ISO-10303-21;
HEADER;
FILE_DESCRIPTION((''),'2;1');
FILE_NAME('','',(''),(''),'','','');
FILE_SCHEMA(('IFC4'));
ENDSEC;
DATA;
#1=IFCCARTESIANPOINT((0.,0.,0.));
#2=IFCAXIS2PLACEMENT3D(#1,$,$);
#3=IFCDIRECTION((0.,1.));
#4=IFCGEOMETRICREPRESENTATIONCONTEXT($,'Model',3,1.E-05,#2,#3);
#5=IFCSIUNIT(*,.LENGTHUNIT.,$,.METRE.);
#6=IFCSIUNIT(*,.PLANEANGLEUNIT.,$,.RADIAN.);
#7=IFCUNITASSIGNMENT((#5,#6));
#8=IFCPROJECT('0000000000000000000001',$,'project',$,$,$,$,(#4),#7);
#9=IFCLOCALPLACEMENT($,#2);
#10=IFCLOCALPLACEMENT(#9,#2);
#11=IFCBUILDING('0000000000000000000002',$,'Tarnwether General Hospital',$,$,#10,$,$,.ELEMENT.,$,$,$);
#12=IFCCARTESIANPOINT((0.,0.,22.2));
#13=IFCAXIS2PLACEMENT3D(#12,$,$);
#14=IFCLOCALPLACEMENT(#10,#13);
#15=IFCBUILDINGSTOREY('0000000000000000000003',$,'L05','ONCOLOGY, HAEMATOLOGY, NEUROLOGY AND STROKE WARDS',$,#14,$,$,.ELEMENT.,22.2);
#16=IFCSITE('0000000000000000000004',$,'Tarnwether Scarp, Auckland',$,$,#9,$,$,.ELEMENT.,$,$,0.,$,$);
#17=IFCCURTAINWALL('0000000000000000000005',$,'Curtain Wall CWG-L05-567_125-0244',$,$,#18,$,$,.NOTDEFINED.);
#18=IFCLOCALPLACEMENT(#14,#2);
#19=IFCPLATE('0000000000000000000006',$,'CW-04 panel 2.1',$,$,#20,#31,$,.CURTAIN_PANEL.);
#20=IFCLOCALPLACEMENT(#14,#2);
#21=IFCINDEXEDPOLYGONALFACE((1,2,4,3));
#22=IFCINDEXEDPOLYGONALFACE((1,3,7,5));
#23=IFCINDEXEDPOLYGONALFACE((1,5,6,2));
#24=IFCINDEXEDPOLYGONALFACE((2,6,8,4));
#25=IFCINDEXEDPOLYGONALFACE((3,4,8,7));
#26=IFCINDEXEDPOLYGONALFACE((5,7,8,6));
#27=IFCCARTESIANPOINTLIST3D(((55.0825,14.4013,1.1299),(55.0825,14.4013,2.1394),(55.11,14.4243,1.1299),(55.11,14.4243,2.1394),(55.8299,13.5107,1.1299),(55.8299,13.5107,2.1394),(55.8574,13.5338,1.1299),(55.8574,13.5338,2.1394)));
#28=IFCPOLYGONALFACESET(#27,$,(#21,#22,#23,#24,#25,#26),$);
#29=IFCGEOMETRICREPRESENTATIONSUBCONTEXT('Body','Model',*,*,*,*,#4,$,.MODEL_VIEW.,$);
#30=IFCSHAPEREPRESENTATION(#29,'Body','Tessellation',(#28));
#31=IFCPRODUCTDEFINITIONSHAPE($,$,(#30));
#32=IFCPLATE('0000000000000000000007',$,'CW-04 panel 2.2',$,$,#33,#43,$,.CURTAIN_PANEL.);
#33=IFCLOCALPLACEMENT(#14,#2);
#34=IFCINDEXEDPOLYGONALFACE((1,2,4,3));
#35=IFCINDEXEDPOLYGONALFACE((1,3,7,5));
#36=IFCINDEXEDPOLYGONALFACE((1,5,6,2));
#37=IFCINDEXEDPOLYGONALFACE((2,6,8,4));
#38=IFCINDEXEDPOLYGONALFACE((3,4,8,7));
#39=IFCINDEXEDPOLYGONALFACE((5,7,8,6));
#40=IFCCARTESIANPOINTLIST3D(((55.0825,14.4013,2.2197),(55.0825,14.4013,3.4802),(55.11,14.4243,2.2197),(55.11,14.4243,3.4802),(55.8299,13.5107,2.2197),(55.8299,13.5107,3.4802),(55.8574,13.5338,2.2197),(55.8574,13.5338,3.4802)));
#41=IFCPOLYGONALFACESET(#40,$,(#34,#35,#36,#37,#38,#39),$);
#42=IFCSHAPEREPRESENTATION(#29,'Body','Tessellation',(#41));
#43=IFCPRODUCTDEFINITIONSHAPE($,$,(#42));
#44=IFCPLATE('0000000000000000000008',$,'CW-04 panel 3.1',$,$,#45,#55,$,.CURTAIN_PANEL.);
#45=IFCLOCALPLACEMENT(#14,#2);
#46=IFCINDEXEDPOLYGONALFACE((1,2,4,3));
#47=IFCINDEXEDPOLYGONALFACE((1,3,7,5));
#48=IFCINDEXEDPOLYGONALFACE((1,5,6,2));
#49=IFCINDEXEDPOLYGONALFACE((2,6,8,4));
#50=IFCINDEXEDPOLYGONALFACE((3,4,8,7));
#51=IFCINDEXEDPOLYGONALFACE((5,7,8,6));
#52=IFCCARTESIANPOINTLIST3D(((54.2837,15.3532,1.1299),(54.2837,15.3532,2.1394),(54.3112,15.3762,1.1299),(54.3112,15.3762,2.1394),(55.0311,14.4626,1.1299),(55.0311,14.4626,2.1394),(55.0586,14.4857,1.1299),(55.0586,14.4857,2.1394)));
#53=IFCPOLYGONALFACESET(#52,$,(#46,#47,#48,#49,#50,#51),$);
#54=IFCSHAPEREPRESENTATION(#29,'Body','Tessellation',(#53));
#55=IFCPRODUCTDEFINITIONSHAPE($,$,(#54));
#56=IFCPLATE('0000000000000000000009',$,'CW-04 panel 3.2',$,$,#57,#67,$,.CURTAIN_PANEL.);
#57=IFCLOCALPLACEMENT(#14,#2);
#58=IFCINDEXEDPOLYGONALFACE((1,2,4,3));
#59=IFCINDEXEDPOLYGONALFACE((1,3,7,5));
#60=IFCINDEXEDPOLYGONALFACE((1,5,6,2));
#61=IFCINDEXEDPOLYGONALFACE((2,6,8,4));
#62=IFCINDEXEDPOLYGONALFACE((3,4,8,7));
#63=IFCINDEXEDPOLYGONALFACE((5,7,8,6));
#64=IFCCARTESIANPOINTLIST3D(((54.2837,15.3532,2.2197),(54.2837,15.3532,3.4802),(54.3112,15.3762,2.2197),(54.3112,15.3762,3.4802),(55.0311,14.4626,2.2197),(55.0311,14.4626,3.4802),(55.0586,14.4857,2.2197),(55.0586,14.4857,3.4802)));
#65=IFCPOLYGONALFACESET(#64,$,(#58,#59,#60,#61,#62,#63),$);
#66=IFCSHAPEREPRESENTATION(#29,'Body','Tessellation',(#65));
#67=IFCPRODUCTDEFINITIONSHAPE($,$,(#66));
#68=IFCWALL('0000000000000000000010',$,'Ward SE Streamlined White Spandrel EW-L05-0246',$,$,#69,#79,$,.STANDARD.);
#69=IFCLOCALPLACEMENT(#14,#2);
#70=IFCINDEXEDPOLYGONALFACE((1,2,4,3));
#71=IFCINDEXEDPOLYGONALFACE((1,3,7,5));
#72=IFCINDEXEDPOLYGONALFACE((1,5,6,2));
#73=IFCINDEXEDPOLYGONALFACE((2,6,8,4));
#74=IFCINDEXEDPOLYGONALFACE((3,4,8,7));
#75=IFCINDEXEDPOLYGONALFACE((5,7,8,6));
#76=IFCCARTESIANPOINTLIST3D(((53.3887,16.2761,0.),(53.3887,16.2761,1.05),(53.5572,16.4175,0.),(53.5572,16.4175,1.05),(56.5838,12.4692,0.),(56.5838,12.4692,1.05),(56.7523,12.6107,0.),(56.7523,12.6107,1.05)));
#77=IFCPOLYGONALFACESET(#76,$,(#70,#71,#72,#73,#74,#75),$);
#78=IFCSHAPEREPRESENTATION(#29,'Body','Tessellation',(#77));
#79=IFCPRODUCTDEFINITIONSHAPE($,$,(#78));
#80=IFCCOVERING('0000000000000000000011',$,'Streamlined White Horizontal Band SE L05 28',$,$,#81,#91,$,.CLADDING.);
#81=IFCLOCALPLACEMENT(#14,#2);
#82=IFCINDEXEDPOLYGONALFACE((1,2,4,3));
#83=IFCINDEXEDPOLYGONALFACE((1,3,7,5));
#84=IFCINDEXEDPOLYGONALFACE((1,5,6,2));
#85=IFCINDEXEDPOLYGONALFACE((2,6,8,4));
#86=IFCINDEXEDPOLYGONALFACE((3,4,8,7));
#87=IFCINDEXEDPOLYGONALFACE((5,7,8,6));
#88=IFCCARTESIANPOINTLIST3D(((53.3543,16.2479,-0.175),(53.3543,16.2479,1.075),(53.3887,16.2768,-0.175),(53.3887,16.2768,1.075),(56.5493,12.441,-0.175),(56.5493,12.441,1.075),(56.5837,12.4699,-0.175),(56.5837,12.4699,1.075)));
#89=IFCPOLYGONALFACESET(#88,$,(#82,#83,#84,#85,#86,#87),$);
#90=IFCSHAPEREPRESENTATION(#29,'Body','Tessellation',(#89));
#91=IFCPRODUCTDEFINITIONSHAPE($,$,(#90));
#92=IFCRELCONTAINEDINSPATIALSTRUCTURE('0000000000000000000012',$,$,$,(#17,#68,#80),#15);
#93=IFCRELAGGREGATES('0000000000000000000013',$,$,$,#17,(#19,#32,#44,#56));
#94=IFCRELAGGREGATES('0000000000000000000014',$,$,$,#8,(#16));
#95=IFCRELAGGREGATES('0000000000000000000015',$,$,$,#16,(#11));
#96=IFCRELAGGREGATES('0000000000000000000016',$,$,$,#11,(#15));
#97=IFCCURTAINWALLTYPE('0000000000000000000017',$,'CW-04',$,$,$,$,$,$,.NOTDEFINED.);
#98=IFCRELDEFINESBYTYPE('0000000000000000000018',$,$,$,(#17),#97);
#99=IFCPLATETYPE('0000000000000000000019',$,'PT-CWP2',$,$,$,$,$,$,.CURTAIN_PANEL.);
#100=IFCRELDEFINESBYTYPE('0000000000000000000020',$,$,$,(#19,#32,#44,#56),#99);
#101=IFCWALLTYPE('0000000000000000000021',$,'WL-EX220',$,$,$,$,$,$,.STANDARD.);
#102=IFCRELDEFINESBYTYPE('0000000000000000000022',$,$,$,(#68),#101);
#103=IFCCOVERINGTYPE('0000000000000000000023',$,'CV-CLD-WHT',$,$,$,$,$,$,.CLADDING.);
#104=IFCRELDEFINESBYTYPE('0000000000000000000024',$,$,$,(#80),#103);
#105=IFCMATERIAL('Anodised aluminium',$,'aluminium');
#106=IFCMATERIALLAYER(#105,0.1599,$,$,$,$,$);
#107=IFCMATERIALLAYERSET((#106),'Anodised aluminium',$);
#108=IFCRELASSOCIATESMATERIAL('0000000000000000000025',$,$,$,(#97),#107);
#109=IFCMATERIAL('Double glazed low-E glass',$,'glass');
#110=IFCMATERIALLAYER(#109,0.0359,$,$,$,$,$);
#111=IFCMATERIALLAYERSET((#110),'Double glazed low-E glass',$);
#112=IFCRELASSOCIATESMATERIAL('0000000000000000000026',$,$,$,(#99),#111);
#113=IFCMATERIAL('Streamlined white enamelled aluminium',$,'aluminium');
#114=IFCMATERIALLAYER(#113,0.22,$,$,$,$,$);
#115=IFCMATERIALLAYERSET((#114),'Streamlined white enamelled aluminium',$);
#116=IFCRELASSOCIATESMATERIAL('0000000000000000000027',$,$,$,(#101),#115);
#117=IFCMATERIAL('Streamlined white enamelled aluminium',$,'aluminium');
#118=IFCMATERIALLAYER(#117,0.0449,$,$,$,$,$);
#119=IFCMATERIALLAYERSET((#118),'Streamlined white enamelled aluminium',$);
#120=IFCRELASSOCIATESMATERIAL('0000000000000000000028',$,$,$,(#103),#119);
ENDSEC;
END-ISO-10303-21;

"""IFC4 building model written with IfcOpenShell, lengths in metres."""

from ifc_helpers import new_model, si_unit, direction, frame, frame_2d, origin, origin_2d, place, context, subcontext, project, spatial, rectangle, extrude, material, layer, layer_set, type_object, element, aggregate, save


model = new_model("IFC4")

# Units and contexts
model_context = context("Model", 3, precision=1e-05, world=origin(), true_north=direction((0.0, 1.0)))
body_context = subcontext(model_context, "Body", "Model", "MODEL_VIEW")
ifc_project = project(units=[si_unit("LENGTHUNIT", "METRE"), si_unit("PLANEANGLEUNIT", "RADIAN")], contexts=[model_context])

# Site, building, storey
site_placement = place(None, origin())
site = spatial("IfcSite", under=ifc_project, at=site_placement, Name="Tarnwether Scarp, Auckland", CompositionType="ELEMENT", RefElevation=0.0)
building_placement = place(site_placement, origin())
building = spatial("IfcBuilding", under=site, at=building_placement, Name="Tarnwether General Hospital", CompositionType="ELEMENT")
storey_placement = place(building_placement, frame((0.0, 0.0, 22.2)))
storey = spatial("IfcBuildingStorey", under=building, at=storey_placement, Name="L05", Description="ONCOLOGY, HAEMATOLOGY, NEUROLOGY AND STROKE WARDS", CompositionType="ELEMENT", Elevation=22.2)

# Curtain wall
ifc_material_1 = material(Name="Anodised aluminium", Category="aluminium")
ifc_layer_1 = layer(ifc_material_1, 0.1599)
ifc_layer_set_1 = layer_set([ifc_layer_1], Name="Anodised aluminium")
curtain_wall_type_1 = type_object("IfcCurtainWallType", Name="CW-04", PredefinedType="NOTDEFINED", material=ifc_layer_set_1)
curtain_wall_1_placement = place(storey_placement, origin())
curtain_wall_1 = element("IfcCurtainWall", 1, at=curtain_wall_1_placement, inside=storey, type_object=curtain_wall_type_1, Name="Curtain Wall CWG-L05-567_125-0244", PredefinedType="NOTDEFINED")

# Plates
ifc_material_2 = material(Name="Double glazed low-E glass", Category="glass")
ifc_layer_2 = layer(ifc_material_2, 0.0359)
ifc_layer_set_2 = layer_set([ifc_layer_2], Name="Double glazed low-E glass")
plate_type = type_object("IfcPlateType", Name="PT-CWP2", PredefinedType="CURTAIN_PANEL", material=ifc_layer_set_2)
plate_1_placement = place(storey_placement, frame((55.47, 13.9675, 1.1299), z_axis=(0.0, 0.0, 1.0), x_axis=(-0.642852, 0.76599, 0.0)))
plate_1 = element("IfcPlate", 2, at=plate_1_placement, type_object=plate_type, Name="CW-04 panel 2.1", PredefinedType="CURTAIN_PANEL", context=body_context, shape_type="SweptSolid", body=[
    extrude(rectangle(XDim=1.1626, YDim=0.0359, at=origin_2d()), origin(), (0.0, 0.0, 1.0), 1.0095),
])
plate_2_placement = place(storey_placement, frame((55.47, 13.9675, 2.2197), z_axis=(0.0, 0.0, 1.0), x_axis=(-0.642852, 0.76599, 0.0)))
plate_2 = element("IfcPlate", 3, at=plate_2_placement, type_object=plate_type, Name="CW-04 panel 2.2", PredefinedType="CURTAIN_PANEL", context=body_context, shape_type="SweptSolid", body=[
    extrude(rectangle(XDim=1.1626, YDim=0.0359, at=origin_2d()), origin(), (0.0, 0.0, 1.0), 1.2605),
])
plate_3_placement = place(storey_placement, frame((54.6711, 14.9194, 1.1299), z_axis=(0.0, 0.0, 1.0), x_axis=(-0.642852, 0.76599, 0.0)))
plate_3 = element("IfcPlate", 4, at=plate_3_placement, type_object=plate_type, Name="CW-04 panel 3.1", PredefinedType="CURTAIN_PANEL", context=body_context, shape_type="SweptSolid", body=[
    extrude(rectangle(XDim=1.1626, YDim=0.0359, at=origin_2d()), origin(), (0.0, 0.0, 1.0), 1.0095),
])
plate_4_placement = place(storey_placement, frame((54.6711, 14.9194, 2.2197), z_axis=(0.0, 0.0, 1.0), x_axis=(-0.642852, 0.76599, 0.0)))
plate_4 = element("IfcPlate", 5, at=plate_4_placement, type_object=plate_type, Name="CW-04 panel 3.2", PredefinedType="CURTAIN_PANEL", context=body_context, shape_type="SweptSolid", body=[
    extrude(rectangle(XDim=1.1626, YDim=0.0359, at=origin_2d()), origin(), (0.0, 0.0, 1.0), 1.2605),
])
aggregate(curtain_wall_1, [plate_1, plate_2, plate_3, plate_4])

# Wall
ifc_material_3 = material(Name="Streamlined white enamelled aluminium", Category="aluminium")
ifc_layer_3 = layer(ifc_material_3, 0.22)
ifc_layer_set_3 = layer_set([ifc_layer_3], Name="Streamlined white enamelled aluminium")
wall_type = type_object("IfcWallType", Name="WL-EX220", PredefinedType="STANDARD", material=ifc_layer_set_3)
wall_placement = place(storey_placement, frame((56.668, 12.54, 0.0), z_axis=(0.0, 0.0, 1.0), x_axis=(-0.642872, 0.765974, 0.0)))
element("IfcWall", 6, at=wall_placement, inside=storey, type_object=wall_type, Name="Ward SE Streamlined White Spandrel EW-L05-0246", PredefinedType="STANDARD", context=body_context, shape_type="SweptSolid", body=[
    extrude(rectangle(XDim=4.97, YDim=0.22, at=frame_2d((2.4849, 0.0))), origin(), (0.0, 0.0, 1.0), 1.05),
])

# Covering
ifc_material_4 = material(Name="Streamlined white enamelled aluminium", Category="aluminium")
ifc_layer_4 = layer(ifc_material_4, 0.0449)
ifc_layer_set_4 = layer_set([ifc_layer_4], Name="Streamlined white enamelled aluminium")
covering_type = type_object("IfcCoveringType", Name="CV-CLD-WHT", PredefinedType="CLADDING", material=ifc_layer_set_4)
covering_placement = place(storey_placement, frame((54.969, 14.3589, -0.175), z_axis=(0.0, 0.0, 1.0), x_axis=(-0.642854, 0.765988, 0.0)))
element("IfcCovering", 7, at=covering_placement, inside=storey, type_object=covering_type, Name="Streamlined White Horizontal Band SE L05 28", PredefinedType="CLADDING", context=body_context, shape_type="SweptSolid", body=[
    extrude(rectangle(XDim=4.97, YDim=0.0449, at=origin_2d()), origin(), (0.0, 0.0, 1.0), 1.25),
])

save(model, "model.ifc")
